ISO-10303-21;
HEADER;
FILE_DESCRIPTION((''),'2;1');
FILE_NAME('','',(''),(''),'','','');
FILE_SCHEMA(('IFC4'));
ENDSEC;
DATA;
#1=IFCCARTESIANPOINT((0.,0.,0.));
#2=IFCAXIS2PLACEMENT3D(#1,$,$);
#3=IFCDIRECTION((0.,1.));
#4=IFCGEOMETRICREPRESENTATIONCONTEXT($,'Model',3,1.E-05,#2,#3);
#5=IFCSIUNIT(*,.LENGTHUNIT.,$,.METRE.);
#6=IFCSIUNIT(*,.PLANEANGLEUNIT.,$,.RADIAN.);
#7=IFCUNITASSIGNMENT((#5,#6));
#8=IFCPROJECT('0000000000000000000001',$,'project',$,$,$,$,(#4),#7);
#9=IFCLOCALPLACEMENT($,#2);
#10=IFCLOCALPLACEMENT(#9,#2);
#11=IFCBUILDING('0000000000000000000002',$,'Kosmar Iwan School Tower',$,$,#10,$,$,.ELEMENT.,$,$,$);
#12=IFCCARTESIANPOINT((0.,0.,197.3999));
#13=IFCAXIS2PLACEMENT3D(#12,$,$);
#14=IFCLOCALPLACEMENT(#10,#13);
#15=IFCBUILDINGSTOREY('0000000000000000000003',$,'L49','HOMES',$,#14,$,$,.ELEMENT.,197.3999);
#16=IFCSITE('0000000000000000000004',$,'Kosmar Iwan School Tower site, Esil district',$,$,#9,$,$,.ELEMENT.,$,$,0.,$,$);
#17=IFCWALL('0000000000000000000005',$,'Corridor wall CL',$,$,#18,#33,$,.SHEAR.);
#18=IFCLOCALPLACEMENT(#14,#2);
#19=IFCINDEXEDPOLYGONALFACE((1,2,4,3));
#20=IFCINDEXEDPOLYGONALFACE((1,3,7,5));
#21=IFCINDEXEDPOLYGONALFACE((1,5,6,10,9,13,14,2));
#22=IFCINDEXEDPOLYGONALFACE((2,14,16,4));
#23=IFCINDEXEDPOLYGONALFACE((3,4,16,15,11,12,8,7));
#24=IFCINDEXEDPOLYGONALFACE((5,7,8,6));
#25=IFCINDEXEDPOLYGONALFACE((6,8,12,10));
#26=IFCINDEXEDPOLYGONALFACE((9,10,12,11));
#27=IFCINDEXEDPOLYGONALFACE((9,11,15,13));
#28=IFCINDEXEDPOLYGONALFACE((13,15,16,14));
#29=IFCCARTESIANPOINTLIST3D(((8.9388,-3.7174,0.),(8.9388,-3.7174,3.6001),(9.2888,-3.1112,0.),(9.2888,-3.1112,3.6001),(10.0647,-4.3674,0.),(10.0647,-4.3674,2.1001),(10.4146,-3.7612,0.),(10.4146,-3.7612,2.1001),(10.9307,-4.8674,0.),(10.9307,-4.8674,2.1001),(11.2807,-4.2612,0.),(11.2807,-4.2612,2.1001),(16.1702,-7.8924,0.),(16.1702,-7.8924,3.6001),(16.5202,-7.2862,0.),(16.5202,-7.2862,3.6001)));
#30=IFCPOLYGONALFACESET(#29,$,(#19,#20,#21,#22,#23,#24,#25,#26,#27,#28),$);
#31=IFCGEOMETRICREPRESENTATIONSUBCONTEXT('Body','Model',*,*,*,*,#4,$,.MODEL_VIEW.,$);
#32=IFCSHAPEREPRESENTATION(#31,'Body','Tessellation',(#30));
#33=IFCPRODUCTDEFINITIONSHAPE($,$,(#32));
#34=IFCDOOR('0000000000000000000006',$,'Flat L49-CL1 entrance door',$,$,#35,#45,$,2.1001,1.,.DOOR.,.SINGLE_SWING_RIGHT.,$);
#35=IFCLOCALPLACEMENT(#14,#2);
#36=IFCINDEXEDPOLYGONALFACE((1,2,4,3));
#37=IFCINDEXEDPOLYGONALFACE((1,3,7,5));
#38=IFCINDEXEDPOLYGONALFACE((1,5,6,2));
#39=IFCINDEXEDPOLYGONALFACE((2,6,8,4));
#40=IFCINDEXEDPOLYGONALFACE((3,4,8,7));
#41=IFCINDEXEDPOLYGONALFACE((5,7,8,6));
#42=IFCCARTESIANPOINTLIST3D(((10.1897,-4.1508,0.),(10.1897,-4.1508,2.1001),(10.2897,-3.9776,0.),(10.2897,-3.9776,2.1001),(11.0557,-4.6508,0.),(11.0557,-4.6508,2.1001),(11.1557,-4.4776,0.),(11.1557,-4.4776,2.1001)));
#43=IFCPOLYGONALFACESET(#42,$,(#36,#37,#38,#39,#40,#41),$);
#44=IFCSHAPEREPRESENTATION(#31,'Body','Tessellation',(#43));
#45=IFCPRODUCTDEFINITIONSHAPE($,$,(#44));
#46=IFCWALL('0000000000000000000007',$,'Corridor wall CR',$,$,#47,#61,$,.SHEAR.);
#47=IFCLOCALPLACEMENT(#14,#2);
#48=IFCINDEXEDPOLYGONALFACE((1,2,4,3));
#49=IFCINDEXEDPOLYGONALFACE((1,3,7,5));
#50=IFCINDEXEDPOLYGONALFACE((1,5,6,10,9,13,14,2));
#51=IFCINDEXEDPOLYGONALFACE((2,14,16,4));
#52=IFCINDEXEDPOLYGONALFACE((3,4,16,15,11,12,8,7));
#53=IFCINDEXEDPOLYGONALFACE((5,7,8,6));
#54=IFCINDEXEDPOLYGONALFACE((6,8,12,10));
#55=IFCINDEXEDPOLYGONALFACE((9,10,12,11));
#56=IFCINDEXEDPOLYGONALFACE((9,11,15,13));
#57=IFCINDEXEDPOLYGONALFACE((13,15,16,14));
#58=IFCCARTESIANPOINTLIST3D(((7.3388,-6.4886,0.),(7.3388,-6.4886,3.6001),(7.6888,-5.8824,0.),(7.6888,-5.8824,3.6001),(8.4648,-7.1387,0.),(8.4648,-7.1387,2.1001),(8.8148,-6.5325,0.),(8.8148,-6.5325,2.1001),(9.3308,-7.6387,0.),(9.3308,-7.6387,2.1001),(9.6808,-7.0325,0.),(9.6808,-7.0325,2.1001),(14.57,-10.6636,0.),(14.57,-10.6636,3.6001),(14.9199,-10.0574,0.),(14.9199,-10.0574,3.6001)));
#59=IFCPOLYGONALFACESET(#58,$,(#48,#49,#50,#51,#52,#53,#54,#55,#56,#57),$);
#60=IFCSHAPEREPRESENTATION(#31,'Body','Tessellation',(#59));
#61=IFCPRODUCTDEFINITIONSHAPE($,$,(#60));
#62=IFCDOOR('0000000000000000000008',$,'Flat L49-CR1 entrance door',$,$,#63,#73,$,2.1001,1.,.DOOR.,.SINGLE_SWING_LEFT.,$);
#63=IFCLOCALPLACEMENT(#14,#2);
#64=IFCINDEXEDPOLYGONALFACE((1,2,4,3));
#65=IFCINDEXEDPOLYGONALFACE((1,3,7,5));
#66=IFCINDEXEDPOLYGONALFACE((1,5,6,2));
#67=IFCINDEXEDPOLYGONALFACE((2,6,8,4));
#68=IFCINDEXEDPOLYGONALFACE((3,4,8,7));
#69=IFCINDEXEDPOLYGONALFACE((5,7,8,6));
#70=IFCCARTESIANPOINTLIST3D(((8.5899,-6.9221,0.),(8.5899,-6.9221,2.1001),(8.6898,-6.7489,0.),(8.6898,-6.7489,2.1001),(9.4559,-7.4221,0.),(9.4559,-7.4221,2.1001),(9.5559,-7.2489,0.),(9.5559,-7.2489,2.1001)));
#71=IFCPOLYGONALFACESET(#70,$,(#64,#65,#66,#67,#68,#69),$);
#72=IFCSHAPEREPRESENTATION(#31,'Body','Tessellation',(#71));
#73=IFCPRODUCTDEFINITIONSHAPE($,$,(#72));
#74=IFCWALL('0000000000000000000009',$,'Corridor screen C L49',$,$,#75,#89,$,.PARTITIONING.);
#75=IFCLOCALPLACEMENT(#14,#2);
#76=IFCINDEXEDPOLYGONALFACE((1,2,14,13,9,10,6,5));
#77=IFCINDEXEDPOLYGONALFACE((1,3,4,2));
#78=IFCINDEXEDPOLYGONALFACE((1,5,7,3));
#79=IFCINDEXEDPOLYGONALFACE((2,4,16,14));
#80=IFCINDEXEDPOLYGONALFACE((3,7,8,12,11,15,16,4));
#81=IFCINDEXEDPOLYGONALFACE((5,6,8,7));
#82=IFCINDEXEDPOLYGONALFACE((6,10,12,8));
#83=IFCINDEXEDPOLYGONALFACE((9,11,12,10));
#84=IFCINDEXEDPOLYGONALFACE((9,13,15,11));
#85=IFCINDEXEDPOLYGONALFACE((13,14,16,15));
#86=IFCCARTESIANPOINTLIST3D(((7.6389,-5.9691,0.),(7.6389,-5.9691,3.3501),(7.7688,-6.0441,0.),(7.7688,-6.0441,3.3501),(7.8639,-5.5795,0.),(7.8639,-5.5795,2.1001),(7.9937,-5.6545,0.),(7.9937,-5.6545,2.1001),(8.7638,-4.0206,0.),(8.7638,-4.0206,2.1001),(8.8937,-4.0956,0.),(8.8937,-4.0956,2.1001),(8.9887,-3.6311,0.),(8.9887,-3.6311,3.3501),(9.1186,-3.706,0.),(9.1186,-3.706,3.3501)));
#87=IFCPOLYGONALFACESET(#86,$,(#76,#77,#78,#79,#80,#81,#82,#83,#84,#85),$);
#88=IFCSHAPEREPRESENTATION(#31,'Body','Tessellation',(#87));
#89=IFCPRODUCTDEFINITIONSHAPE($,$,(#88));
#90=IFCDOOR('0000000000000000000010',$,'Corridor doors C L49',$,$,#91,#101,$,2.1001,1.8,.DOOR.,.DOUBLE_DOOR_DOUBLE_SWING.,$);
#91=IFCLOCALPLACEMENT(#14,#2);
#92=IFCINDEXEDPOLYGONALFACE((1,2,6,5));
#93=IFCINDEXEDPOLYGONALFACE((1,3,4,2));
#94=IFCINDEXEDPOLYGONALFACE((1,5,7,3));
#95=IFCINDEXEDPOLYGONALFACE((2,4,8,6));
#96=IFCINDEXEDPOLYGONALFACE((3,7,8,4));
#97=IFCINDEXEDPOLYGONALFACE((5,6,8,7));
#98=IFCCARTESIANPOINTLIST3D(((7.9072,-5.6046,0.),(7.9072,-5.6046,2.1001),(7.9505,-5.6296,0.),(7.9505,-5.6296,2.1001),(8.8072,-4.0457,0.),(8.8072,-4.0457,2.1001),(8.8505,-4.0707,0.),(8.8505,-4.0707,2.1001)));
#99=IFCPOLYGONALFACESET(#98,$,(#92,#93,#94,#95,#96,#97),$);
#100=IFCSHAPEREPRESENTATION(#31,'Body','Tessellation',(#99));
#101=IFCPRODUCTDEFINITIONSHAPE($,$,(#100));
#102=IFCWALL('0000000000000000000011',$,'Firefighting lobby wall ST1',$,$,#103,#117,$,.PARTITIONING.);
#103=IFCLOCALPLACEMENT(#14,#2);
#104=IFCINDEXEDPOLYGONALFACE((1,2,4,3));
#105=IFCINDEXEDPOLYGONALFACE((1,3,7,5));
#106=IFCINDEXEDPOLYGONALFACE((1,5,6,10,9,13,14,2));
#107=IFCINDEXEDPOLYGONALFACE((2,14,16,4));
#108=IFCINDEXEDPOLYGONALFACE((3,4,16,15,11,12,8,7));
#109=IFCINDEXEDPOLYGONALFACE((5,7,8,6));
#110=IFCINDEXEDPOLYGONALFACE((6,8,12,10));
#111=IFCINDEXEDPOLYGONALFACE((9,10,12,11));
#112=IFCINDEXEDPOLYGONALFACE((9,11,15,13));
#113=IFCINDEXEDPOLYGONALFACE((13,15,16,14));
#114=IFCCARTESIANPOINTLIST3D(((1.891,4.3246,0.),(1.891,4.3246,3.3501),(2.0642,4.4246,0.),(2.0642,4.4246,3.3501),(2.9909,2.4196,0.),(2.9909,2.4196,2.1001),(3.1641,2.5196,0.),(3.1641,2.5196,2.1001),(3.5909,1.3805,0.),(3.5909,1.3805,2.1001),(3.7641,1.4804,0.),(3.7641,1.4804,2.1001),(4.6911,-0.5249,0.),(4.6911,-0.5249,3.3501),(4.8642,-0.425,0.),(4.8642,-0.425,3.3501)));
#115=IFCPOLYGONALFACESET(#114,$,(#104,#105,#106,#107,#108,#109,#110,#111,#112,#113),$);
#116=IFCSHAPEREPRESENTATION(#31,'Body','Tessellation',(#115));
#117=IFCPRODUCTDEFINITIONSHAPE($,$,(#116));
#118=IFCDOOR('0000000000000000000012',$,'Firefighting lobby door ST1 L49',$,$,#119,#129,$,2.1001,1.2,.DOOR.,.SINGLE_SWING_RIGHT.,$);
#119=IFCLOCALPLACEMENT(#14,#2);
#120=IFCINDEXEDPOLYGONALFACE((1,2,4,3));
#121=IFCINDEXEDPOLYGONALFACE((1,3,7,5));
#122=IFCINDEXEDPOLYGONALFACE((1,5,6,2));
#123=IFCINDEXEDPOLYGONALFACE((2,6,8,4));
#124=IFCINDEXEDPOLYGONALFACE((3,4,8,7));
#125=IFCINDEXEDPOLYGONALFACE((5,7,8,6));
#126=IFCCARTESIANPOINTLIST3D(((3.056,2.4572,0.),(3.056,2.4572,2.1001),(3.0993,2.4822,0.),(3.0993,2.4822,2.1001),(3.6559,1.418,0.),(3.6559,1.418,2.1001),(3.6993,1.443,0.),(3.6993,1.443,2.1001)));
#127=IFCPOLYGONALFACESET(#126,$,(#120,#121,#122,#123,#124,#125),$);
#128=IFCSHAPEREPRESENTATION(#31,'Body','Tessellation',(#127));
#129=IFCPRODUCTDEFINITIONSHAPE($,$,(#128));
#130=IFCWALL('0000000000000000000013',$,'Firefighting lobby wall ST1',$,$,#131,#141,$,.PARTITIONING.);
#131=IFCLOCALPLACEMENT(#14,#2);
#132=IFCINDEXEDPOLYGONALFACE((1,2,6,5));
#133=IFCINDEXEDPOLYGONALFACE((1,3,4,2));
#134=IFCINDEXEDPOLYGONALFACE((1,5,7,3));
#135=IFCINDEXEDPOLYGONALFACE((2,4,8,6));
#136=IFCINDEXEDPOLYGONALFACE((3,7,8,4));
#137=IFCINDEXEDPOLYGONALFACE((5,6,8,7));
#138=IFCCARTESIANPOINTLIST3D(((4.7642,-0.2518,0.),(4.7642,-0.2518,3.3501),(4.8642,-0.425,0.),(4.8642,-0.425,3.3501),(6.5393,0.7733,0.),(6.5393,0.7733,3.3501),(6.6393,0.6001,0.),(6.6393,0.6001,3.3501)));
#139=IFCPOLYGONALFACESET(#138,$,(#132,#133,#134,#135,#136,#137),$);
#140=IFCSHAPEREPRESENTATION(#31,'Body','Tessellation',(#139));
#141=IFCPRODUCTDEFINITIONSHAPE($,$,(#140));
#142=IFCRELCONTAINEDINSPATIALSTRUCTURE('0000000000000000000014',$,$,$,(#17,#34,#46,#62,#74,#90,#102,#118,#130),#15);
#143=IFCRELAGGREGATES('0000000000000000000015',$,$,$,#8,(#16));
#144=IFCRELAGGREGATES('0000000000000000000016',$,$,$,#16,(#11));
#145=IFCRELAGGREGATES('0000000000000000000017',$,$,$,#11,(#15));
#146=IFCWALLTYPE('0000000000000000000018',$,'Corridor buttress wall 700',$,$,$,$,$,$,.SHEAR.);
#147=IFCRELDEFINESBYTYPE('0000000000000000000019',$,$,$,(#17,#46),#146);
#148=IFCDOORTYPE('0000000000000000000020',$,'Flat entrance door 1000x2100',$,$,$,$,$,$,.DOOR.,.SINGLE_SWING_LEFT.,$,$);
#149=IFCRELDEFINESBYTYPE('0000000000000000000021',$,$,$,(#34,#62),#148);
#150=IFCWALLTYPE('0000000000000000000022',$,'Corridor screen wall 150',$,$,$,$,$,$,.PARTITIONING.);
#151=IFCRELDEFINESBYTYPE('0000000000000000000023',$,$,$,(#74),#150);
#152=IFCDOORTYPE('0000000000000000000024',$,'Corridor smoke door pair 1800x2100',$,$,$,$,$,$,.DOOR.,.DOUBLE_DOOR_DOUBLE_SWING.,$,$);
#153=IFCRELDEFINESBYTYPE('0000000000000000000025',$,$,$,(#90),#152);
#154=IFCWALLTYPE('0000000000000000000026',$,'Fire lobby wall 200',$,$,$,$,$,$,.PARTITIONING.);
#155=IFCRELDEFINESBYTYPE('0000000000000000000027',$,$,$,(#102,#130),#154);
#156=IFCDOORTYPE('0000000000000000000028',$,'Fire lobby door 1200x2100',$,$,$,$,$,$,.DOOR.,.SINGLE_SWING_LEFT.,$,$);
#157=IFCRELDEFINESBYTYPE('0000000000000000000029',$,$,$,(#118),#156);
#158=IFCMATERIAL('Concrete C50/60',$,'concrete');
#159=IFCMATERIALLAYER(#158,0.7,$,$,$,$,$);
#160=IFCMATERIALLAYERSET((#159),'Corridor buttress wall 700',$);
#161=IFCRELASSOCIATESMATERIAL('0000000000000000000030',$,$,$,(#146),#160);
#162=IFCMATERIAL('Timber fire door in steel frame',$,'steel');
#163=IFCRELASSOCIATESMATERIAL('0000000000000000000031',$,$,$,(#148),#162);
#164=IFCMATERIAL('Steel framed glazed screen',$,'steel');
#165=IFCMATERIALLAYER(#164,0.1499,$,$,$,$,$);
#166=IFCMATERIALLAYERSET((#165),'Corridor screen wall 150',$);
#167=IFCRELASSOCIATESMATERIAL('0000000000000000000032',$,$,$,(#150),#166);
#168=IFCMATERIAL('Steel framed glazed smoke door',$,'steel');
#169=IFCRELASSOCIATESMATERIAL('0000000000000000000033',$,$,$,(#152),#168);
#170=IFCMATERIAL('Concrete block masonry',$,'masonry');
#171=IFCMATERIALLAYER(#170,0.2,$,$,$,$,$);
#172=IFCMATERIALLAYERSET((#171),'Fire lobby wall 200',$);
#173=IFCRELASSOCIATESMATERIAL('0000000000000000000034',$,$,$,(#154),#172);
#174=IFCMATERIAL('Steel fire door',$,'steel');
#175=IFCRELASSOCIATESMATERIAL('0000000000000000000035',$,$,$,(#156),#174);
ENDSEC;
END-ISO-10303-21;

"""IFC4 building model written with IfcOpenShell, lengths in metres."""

from ifc_helpers import new_model, si_unit, direction, frame, frame_2d, origin, place, context, subcontext, project, spatial, rectangle, extrude, material, layer, layer_set, type_object, element, fill, save


model = new_model("IFC4")

# Units and contexts
model_context = context("Model", 3, precision=1e-05, world=origin(), true_north=direction((0.0, 1.0)))
body_context = subcontext(model_context, "Body", "Model", "MODEL_VIEW")
ifc_project = project(units=[si_unit("LENGTHUNIT", "METRE"), si_unit("PLANEANGLEUNIT", "RADIAN")], contexts=[model_context])

# Site, building, storey
site_placement = place(None, origin())
site = spatial("IfcSite", under=ifc_project, at=site_placement, Name="Kosmar Iwan School Tower site, Esil district", CompositionType="ELEMENT", RefElevation=0.0)
building_placement = place(site_placement, origin())
building = spatial("IfcBuilding", under=site, at=building_placement, Name="Kosmar Iwan School Tower", CompositionType="ELEMENT")
storey_placement = place(building_placement, frame((0.0, 0.0, 197.3999)))
storey = spatial("IfcBuildingStorey", under=building, at=storey_placement, Name="L49", Description="HOMES", CompositionType="ELEMENT", Elevation=197.3999)

# Walls, openings, doors
ifc_material_1 = material(Name="Concrete C50/60", Category="concrete")
ifc_layer_1 = layer(ifc_material_1, 0.7)
ifc_layer_set_1 = layer_set([ifc_layer_1], Name="Corridor buttress wall 700")
wall_type_1 = type_object("IfcWallType", Name="Corridor buttress wall 700", PredefinedType="SHEAR", material=ifc_layer_set_1)
wall_1_placement = place(storey_placement, frame((9.1138, -3.4143, 0.0), z_axis=(0.0, 0.0, 1.0), x_axis=(0.866027, -0.499997, 0.0)))
wall_1 = element("IfcWall", 1, at=wall_1_placement, inside=storey, type_object=wall_type_1, Name="Corridor wall CL", PredefinedType="SHEAR", context=body_context, shape_type="SweptSolid", body=[
    extrude(rectangle(XDim=8.3501, YDim=0.7, at=frame_2d((4.175, 0.0))), origin(), (0.0, 0.0, 1.0), 3.6001),
])
opening_1_placement = place(wall_1_placement, frame((1.3, 0.0, 0.0)))
opening_1 = element("IfcOpeningElement", 2, at=opening_1_placement, cuts=wall_1, PredefinedType="OPENING", context=body_context, shape_type="SweptSolid", body=[
    extrude(rectangle(XDim=1.0, YDim=2.1001, at=frame_2d((0.5, 1.05))), frame((0.0, 0.3621, 0.0), z_axis=(0.0, -1.0, 0.0), x_axis=(1.0, 0.0, 0.0)), (0.0, 0.0, 1.0), 0.7239),
])
ifc_material_2 = material(Name="Timber fire door in steel frame", Category="steel")
door_type_1 = type_object("IfcDoorType", Name="Flat entrance door 1000x2100", OperationType="SINGLE_SWING_LEFT", PredefinedType="DOOR", material=ifc_material_2)
door_1_placement = place(opening_1_placement, origin())
door_1 = element("IfcDoor", 3, at=door_1_placement, inside=storey, type_object=door_type_1, Name="Flat L49-CL1 entrance door", OperationType="SINGLE_SWING_RIGHT", OverallHeight=2.1001, OverallWidth=1.0, PredefinedType="DOOR", context=body_context, shape_type="SweptSolid", body=[
    extrude(rectangle(XDim=1.0, YDim=2.1001, at=frame_2d((0.5, 1.05))), frame((0.0, 0.1001, 0.0), z_axis=(0.0, -1.0, 0.0), x_axis=(1.0, 0.0, 0.0)), (0.0, 0.0, 1.0), 0.2),
])
fill(opening_1, door_1)
wall_2_placement = place(storey_placement, frame((7.5139, -6.1855, 0.0), z_axis=(0.0, 0.0, 1.0), x_axis=(0.86602, -0.50001, 0.0)))
wall_2 = element("IfcWall", 4, at=wall_2_placement, inside=storey, type_object=wall_type_1, Name="Corridor wall CR", PredefinedType="SHEAR", context=body_context, shape_type="SweptSolid", body=[
    extrude(rectangle(XDim=8.3499, YDim=0.7, at=frame_2d((4.1748, 0.0))), origin(), (0.0, 0.0, 1.0), 3.6001),
])
opening_2_placement = place(wall_2_placement, frame((1.3, 0.0, 0.0)))
opening_2 = element("IfcOpeningElement", 5, at=opening_2_placement, cuts=wall_2, PredefinedType="OPENING", context=body_context, shape_type="SweptSolid", body=[
    extrude(rectangle(XDim=1.0, YDim=2.1001, at=frame_2d((0.5, 1.05))), frame((0.0, 0.3621, 0.0), z_axis=(0.0, -1.0, 0.0), x_axis=(1.0, 0.0, 0.0)), (0.0, 0.0, 1.0), 0.7239),
])
door_2_placement = place(opening_2_placement, origin())
door_2 = element("IfcDoor", 6, at=door_2_placement, inside=storey, type_object=door_type_1, Name="Flat L49-CR1 entrance door", OperationType="SINGLE_SWING_LEFT", OverallHeight=2.1001, OverallWidth=1.0, PredefinedType="DOOR", context=body_context, shape_type="SweptSolid", body=[
    extrude(rectangle(XDim=1.0, YDim=2.1001, at=frame_2d((0.5, 1.05))), frame((0.0, 0.1001, 0.0), z_axis=(0.0, -1.0, 0.0), x_axis=(1.0, 0.0, 0.0)), (0.0, 0.0, 1.0), 0.2),
])
fill(opening_2, door_2)
ifc_material_3 = material(Name="Steel framed glazed screen", Category="steel")
ifc_layer_2 = layer(ifc_material_3, 0.1499)
ifc_layer_set_2 = layer_set([ifc_layer_2], Name="Corridor screen wall 150")
wall_type_2 = type_object("IfcWallType", Name="Corridor screen wall 150", PredefinedType="PARTITIONING", material=ifc_layer_set_2)
wall_3_placement = place(storey_placement, frame((7.7039, -6.0066, 0.0), z_axis=(0.0, 0.0, 1.0), x_axis=(0.499981, 0.866037, 0.0)))
wall_3 = element("IfcWall", 7, at=wall_3_placement, inside=storey, type_object=wall_type_2, Name="Corridor screen C L49", PredefinedType="PARTITIONING", context=body_context, shape_type="SweptSolid", body=[
    extrude(rectangle(XDim=2.6997, YDim=0.1499, at=frame_2d((1.3499, 0.0))), origin(), (0.0, 0.0, 1.0), 3.3501),
])
opening_3_placement = place(wall_3_placement, frame((0.45, 0.0, 0.0)))
opening_3 = element("IfcOpeningElement", 8, at=opening_3_placement, cuts=wall_3, PredefinedType="OPENING", context=body_context, shape_type="SweptSolid", body=[
    extrude(rectangle(XDim=1.8, YDim=2.1001, at=frame_2d((0.8999, 1.05))), frame((0.0, 0.0869, 0.0), z_axis=(0.0, -1.0, 0.0), x_axis=(1.0, 0.0, 0.0)), (0.0, 0.0, 1.0), 0.1738),
])
ifc_material_4 = material(Name="Steel framed glazed smoke door", Category="steel")
door_type_2 = type_object("IfcDoorType", Name="Corridor smoke door pair 1800x2100", OperationType="DOUBLE_DOOR_DOUBLE_SWING", PredefinedType="DOOR", material=ifc_material_4)
door_3_placement = place(opening_3_placement, origin())
door_3 = element("IfcDoor", 9, at=door_3_placement, inside=storey, type_object=door_type_2, Name="Corridor doors C L49", OperationType="DOUBLE_DOOR_DOUBLE_SWING", OverallHeight=2.1001, OverallWidth=1.8, PredefinedType="DOOR", context=body_context, shape_type="SweptSolid", body=[
    extrude(rectangle(XDim=1.8, YDim=2.1001, at=frame_2d((0.8999, 1.05))), frame((0.0, 0.0249, 0.0), z_axis=(0.0, -1.0, 0.0), x_axis=(1.0, 0.0, 0.0)), (0.0, 0.0, 1.0), 0.05),
])
fill(opening_3, door_3)
ifc_material_5 = material(Name="Concrete block masonry", Category="masonry")
ifc_layer_3 = layer(ifc_material_5, 0.2)
ifc_layer_set_3 = layer_set([ifc_layer_3], Name="Fire lobby wall 200")
wall_type_3 = type_object("IfcWallType", Name="Fire lobby wall 200", PredefinedType="PARTITIONING", material=ifc_layer_set_3)
wall_4_placement = place(storey_placement, frame((4.7776, -0.4749, 0.0), z_axis=(0.0, 0.0, 1.0), x_axis=(-0.500017, 0.866016, 0.0)))
wall_4 = element("IfcWall", 10, at=wall_4_placement, inside=storey, type_object=wall_type_3, Name="Firefighting lobby wall ST1", PredefinedType="PARTITIONING", context=body_context, shape_type="SweptSolid", body=[
    extrude(rectangle(XDim=5.5999, YDim=0.2, at=frame_2d((2.7998, 0.0))), origin(), (0.0, 0.0, 1.0), 3.3501),
])
opening_4_placement = place(wall_4_placement, frame((2.2, 0.0, 0.0)))
opening_4 = element("IfcOpeningElement", 11, at=opening_4_placement, cuts=wall_4, PredefinedType="OPENING", context=body_context, shape_type="SweptSolid", body=[
    extrude(rectangle(XDim=1.2, YDim=2.1001, at=frame_2d((0.6001, 1.05))), frame((0.0, 0.1121, 0.0), z_axis=(0.0, -1.0, 0.0), x_axis=(1.0, 0.0, 0.0)), (0.0, 0.0, 1.0), 0.2239),
])
ifc_material_6 = material(Name="Steel fire door", Category="steel")
door_type_3 = type_object("IfcDoorType", Name="Fire lobby door 1200x2100", OperationType="SINGLE_SWING_LEFT", PredefinedType="DOOR", material=ifc_material_6)
door_4_placement = place(opening_4_placement, origin())
door_4 = element("IfcDoor", 12, at=door_4_placement, inside=storey, type_object=door_type_3, Name="Firefighting lobby door ST1 L49", OperationType="SINGLE_SWING_RIGHT", OverallHeight=2.1001, OverallWidth=1.2, PredefinedType="DOOR", context=body_context, shape_type="SweptSolid", body=[
    extrude(rectangle(XDim=1.2, YDim=2.1001, at=frame_2d((0.6001, 1.05))), frame((0.0, 0.0249, 0.0), z_axis=(0.0, -1.0, 0.0), x_axis=(1.0, 0.0, 0.0)), (0.0, 0.0, 1.0), 0.05),
])
fill(opening_4, door_4)

# Wall
wall_5_placement = place(storey_placement, frame((4.8142, -0.3384, 0.0), z_axis=(0.0, 0.0, 1.0), x_axis=(0.865969, 0.500097, 0.0)))
element("IfcWall", 13, at=wall_5_placement, inside=storey, type_object=wall_type_3, Name="Firefighting lobby wall ST1", PredefinedType="PARTITIONING", context=body_context, shape_type="SweptSolid", body=[
    extrude(rectangle(XDim=2.0498, YDim=0.2, at=frame_2d((1.0249, 0.0))), origin(), (0.0, 0.0, 1.0), 3.3501),
])

save(model, "model.ifc")
